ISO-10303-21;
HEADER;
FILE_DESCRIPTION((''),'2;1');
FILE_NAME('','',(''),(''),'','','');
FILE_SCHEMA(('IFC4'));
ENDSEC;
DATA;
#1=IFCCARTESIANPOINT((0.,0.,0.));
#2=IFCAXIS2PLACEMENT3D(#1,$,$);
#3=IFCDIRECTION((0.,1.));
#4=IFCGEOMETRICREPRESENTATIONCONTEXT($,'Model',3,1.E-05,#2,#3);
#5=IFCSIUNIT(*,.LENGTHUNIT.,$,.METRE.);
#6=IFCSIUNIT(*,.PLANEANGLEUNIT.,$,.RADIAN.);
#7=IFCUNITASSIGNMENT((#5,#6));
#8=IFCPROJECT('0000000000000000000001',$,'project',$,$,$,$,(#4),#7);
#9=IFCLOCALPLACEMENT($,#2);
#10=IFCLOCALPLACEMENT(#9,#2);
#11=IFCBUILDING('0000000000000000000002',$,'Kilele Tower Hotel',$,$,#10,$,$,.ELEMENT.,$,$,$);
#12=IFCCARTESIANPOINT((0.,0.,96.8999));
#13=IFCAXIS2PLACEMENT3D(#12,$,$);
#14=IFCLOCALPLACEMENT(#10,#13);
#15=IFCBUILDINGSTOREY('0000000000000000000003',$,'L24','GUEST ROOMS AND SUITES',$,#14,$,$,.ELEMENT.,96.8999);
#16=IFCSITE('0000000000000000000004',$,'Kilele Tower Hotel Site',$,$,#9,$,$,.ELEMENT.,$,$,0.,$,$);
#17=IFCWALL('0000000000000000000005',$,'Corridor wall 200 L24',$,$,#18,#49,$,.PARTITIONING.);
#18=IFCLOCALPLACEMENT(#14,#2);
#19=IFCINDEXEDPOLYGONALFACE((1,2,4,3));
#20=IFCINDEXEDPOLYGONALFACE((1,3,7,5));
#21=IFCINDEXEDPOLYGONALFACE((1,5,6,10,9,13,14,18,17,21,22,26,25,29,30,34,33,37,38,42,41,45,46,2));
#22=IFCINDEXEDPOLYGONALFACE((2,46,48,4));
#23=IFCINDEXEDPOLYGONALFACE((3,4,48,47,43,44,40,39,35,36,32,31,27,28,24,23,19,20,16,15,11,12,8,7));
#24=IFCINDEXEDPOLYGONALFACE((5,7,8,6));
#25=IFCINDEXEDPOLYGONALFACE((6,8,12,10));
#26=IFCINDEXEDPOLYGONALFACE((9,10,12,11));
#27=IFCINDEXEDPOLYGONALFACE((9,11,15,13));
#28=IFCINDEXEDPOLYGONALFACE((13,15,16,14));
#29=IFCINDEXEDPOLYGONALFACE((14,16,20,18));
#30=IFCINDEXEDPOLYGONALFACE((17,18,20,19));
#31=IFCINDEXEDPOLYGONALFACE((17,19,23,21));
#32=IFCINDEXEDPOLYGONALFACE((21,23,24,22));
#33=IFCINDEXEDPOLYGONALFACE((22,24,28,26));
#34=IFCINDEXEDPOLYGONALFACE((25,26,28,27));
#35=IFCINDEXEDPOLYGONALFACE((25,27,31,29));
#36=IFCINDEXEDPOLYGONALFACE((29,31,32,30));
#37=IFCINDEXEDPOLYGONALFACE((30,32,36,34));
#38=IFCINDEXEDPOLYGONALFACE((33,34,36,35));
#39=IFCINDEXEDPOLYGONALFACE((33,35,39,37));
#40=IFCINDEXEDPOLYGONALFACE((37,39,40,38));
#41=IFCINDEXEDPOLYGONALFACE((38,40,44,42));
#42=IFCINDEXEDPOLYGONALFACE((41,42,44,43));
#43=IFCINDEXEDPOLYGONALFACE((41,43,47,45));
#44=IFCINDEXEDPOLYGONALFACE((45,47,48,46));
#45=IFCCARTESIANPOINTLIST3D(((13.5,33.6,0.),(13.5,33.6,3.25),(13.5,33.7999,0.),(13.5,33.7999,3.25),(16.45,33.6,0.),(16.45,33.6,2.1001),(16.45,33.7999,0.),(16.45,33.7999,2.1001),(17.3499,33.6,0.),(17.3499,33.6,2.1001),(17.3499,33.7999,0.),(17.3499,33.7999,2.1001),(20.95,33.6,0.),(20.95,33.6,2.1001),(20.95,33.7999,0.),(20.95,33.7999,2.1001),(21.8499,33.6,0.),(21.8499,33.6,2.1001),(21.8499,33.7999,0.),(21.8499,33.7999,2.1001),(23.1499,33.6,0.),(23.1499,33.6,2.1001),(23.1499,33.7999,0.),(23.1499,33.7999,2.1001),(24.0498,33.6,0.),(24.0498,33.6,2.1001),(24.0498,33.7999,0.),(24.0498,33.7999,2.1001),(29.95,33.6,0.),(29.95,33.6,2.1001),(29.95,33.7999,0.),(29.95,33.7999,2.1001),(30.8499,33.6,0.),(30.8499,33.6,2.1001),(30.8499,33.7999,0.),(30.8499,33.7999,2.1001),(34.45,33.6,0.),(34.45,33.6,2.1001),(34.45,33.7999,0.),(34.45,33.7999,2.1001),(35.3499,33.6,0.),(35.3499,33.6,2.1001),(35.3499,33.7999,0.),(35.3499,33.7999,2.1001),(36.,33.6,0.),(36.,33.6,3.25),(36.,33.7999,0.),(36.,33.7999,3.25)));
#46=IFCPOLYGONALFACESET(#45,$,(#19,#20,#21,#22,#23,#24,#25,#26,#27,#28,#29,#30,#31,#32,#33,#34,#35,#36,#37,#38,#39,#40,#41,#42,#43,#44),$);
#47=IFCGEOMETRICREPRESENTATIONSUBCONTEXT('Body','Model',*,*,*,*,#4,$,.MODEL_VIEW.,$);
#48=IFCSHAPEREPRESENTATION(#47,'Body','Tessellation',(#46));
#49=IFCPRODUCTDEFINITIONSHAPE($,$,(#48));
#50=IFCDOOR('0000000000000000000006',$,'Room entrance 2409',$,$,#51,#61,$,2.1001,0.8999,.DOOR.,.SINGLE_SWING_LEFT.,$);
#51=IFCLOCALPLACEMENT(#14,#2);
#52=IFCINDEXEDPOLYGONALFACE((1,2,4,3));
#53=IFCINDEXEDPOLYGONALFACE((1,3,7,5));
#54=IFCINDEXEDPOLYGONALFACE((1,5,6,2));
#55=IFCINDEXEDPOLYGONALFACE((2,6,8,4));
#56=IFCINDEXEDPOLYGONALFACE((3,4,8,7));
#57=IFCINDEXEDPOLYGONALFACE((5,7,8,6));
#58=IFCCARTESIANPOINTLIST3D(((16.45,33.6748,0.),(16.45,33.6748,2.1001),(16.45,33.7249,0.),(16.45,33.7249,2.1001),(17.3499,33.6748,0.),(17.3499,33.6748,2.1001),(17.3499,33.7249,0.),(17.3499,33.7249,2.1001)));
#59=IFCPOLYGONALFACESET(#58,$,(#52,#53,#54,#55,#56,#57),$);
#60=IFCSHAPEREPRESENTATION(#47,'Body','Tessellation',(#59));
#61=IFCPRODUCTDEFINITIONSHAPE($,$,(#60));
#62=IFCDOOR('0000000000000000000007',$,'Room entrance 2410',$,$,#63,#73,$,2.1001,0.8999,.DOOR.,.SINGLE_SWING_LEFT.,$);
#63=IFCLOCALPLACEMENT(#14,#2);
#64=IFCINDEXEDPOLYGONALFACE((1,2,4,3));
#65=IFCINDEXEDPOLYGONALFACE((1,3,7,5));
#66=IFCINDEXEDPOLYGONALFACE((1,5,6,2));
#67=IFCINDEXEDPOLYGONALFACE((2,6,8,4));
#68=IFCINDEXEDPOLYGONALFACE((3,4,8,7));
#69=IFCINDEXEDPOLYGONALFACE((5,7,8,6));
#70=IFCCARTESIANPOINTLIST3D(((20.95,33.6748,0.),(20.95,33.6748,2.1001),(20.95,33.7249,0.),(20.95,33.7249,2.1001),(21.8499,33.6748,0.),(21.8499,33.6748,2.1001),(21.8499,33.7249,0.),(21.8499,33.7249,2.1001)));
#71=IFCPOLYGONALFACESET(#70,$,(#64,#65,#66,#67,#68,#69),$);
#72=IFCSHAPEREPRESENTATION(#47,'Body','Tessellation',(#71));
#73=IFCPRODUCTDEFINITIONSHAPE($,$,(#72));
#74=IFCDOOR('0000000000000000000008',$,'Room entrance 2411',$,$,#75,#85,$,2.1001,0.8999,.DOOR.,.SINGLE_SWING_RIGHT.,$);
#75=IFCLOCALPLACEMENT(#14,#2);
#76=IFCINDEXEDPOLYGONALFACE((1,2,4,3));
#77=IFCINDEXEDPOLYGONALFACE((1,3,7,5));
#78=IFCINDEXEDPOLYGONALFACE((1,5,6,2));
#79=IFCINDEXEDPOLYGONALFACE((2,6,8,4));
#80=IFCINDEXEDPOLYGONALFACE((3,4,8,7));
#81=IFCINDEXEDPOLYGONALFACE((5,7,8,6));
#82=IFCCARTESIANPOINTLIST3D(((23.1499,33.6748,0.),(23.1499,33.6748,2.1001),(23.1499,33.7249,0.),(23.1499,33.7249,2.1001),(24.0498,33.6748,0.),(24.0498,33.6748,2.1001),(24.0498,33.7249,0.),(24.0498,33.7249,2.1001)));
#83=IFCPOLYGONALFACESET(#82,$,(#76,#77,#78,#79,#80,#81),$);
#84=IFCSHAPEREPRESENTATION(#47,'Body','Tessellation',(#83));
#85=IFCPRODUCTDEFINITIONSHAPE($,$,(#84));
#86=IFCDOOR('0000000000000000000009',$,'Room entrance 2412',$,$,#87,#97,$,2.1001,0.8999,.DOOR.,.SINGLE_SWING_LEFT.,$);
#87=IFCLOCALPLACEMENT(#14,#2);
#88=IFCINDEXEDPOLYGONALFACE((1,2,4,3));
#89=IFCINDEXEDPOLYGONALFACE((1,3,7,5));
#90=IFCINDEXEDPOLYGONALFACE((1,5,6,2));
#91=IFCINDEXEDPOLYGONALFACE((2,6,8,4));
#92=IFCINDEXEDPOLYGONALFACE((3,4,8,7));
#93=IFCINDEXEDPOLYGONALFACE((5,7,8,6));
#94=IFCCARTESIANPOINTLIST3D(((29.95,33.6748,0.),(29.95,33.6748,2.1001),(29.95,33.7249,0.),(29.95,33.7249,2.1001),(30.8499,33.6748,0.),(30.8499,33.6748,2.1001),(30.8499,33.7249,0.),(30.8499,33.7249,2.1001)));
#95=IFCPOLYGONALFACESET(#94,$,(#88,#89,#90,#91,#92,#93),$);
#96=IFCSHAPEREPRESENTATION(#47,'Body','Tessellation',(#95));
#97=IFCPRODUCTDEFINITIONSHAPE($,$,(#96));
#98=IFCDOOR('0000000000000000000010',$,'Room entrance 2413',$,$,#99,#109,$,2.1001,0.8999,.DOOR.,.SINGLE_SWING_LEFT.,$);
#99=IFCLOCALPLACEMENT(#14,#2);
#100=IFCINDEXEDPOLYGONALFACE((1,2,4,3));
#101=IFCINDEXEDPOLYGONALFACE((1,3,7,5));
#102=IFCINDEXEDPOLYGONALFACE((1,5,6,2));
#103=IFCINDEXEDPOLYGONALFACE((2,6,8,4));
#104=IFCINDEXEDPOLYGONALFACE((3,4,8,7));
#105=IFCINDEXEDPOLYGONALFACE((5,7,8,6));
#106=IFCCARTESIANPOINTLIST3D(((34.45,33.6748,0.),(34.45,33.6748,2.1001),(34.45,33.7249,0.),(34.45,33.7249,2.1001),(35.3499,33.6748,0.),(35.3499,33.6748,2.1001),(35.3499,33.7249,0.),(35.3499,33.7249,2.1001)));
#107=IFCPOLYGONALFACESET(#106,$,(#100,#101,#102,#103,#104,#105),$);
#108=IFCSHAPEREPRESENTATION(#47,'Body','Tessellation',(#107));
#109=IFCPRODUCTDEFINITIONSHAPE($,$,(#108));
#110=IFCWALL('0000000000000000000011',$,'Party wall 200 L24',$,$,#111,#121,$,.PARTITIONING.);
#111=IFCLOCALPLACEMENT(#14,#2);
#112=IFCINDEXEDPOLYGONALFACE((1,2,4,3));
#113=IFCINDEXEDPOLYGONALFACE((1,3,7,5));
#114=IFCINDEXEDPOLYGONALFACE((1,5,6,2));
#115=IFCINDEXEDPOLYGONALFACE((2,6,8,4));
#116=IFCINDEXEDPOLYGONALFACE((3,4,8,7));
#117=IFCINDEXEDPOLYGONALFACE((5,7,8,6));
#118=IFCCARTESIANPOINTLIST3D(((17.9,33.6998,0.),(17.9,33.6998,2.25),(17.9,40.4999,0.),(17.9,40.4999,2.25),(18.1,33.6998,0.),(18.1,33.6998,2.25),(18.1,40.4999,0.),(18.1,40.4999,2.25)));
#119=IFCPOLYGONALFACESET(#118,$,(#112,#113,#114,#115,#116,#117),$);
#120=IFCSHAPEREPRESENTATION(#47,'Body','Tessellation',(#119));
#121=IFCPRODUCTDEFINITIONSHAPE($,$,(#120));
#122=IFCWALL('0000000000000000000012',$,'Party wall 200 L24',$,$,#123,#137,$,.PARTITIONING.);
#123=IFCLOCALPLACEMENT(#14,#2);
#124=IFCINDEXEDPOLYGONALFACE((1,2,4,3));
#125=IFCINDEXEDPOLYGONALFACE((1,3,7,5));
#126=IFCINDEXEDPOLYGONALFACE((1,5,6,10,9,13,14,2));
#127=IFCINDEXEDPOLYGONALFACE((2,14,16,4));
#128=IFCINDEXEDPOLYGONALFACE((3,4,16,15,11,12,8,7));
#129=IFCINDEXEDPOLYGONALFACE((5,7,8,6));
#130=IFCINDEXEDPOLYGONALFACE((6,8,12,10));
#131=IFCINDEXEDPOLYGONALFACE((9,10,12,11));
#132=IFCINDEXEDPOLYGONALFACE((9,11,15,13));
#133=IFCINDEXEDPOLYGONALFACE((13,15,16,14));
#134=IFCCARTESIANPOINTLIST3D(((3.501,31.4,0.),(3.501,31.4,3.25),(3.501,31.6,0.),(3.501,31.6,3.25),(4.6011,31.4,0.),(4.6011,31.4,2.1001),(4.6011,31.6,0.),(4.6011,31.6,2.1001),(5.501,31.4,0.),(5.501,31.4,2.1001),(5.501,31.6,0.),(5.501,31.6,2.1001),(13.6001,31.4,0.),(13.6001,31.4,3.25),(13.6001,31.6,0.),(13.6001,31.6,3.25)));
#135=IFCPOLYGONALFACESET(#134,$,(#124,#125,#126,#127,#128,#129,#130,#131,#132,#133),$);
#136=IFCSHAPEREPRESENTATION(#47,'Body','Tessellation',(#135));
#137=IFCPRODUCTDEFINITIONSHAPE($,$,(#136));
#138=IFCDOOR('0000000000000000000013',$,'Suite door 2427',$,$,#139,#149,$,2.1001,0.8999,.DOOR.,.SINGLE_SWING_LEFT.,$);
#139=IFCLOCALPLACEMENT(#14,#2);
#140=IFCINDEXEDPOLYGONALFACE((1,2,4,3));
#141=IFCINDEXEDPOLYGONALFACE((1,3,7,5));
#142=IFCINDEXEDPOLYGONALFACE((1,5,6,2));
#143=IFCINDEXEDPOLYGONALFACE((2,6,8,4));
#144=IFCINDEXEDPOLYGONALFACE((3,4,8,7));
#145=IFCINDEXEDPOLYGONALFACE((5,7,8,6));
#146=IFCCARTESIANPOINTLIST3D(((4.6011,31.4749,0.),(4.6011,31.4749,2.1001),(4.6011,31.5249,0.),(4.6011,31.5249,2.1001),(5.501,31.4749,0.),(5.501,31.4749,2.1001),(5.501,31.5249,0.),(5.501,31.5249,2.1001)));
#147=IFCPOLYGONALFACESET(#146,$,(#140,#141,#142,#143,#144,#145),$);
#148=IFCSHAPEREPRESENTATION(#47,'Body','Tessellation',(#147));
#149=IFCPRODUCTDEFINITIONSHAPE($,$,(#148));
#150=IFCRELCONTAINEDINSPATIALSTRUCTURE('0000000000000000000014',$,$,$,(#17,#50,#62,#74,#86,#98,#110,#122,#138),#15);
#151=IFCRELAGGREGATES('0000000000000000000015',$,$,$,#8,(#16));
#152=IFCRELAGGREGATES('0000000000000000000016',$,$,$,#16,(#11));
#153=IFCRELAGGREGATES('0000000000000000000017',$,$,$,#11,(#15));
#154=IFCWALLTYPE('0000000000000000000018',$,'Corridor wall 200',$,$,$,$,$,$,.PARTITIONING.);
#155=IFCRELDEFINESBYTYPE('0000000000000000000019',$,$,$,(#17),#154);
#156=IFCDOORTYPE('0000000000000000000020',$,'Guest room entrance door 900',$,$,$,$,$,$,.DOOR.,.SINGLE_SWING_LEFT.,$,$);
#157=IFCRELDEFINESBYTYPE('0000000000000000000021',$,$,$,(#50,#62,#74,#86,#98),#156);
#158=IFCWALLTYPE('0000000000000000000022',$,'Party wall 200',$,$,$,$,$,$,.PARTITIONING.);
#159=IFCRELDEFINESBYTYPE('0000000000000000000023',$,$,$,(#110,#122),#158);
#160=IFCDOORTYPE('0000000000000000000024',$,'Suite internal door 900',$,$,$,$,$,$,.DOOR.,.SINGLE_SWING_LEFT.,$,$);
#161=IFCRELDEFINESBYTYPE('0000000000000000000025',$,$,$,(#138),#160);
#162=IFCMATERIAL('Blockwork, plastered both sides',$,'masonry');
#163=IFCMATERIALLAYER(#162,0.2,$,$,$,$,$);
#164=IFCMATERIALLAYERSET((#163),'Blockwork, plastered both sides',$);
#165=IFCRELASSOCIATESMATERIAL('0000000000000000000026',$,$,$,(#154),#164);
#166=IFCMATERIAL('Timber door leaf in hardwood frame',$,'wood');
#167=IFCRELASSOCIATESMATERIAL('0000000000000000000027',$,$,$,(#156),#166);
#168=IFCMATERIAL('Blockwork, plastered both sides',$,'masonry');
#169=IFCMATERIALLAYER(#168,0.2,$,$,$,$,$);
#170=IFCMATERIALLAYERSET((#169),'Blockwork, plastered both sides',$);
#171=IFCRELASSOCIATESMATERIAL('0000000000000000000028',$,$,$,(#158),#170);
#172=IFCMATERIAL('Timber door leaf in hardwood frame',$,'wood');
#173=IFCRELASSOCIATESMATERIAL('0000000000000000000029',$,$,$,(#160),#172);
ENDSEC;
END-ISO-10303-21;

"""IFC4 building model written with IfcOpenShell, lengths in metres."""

from ifc_helpers import new_model, si_unit, direction, frame, frame_2d, origin, place, context, subcontext, project, spatial, rectangle, extrude, material, layer, layer_set, type_object, element, fill, save


model = new_model("IFC4")

# Units and contexts
model_context = context("Model", 3, precision=1e-05, world=origin(), true_north=direction((0.0, 1.0)))
body_context = subcontext(model_context, "Body", "Model", "MODEL_VIEW")
ifc_project = project(units=[si_unit("LENGTHUNIT", "METRE"), si_unit("PLANEANGLEUNIT", "RADIAN")], contexts=[model_context])

# Site, building, storey
site_placement = place(None, origin())
site = spatial("IfcSite", under=ifc_project, at=site_placement, Name="Kilele Tower Hotel Site", CompositionType="ELEMENT", RefElevation=0.0)
building_placement = place(site_placement, origin())
building = spatial("IfcBuilding", under=site, at=building_placement, Name="Kilele Tower Hotel", CompositionType="ELEMENT")
storey_placement = place(building_placement, frame((0.0, 0.0, 96.8999)))
storey = spatial("IfcBuildingStorey", under=building, at=storey_placement, Name="L24", Description="GUEST ROOMS AND SUITES", CompositionType="ELEMENT", Elevation=96.8999)

# Wall, openings, doors
ifc_material_1 = material(Name="Blockwork, plastered both sides", Category="masonry")
ifc_layer_1 = layer(ifc_material_1, 0.2)
ifc_layer_set_1 = layer_set([ifc_layer_1], Name="Blockwork, plastered both sides")
wall_type_1 = type_object("IfcWallType", Name="Corridor wall 200", PredefinedType="PARTITIONING", material=ifc_layer_set_1)
wall_1_placement = place(storey_placement, frame((13.5, 33.7, 0.0), z_axis=(0.0, 0.0, 1.0), x_axis=(1.0, 0.0, 0.0)))
wall_1 = element("IfcWall", 1, at=wall_1_placement, inside=storey, type_object=wall_type_1, Name="Corridor wall 200 L24", PredefinedType="PARTITIONING", context=body_context, shape_type="SweptSolid", body=[
    extrude(rectangle(XDim=22.5, YDim=0.2, at=frame_2d((11.25, 0.0))), origin(), (0.0, 0.0, 1.0), 3.25),
])
opening_1_placement = place(wall_1_placement, frame((2.95, 0.0, 0.0)))
opening_1 = element("IfcOpeningElement", 2, at=opening_1_placement, cuts=wall_1, PredefinedType="OPENING", context=body_context, shape_type="SweptSolid", body=[
    extrude(rectangle(XDim=0.8999, YDim=2.1001, at=frame_2d((0.45, 1.05))), frame((0.0, 0.1099, 0.0), z_axis=(0.0, -1.0, 0.0), x_axis=(1.0, 0.0, 0.0)), (0.0, 0.0, 1.0), 0.22),
])
opening_2_placement = place(wall_1_placement, frame((7.45, 0.0, 0.0)))
opening_2 = element("IfcOpeningElement", 3, at=opening_2_placement, cuts=wall_1, PredefinedType="OPENING", context=body_context, shape_type="SweptSolid", body=[
    extrude(rectangle(XDim=0.8999, YDim=2.1001, at=frame_2d((0.45, 1.05))), frame((0.0, 0.1099, 0.0), z_axis=(0.0, -1.0, 0.0), x_axis=(1.0, 0.0, 0.0)), (0.0, 0.0, 1.0), 0.22),
])
opening_3_placement = place(wall_1_placement, frame((9.6499, 0.0, 0.0)))
opening_3 = element("IfcOpeningElement", 4, at=opening_3_placement, cuts=wall_1, PredefinedType="OPENING", context=body_context, shape_type="SweptSolid", body=[
    extrude(rectangle(XDim=0.8999, YDim=2.1001, at=frame_2d((0.45, 1.05))), frame((0.0, 0.1099, 0.0), z_axis=(0.0, -1.0, 0.0), x_axis=(1.0, 0.0, 0.0)), (0.0, 0.0, 1.0), 0.22),
])
opening_4_placement = place(wall_1_placement, frame((16.45, 0.0, 0.0)))
opening_4 = element("IfcOpeningElement", 5, at=opening_4_placement, cuts=wall_1, PredefinedType="OPENING", context=body_context, shape_type="SweptSolid", body=[
    extrude(rectangle(XDim=0.8999, YDim=2.1001, at=frame_2d((0.45, 1.05))), frame((0.0, 0.1099, 0.0), z_axis=(0.0, -1.0, 0.0), x_axis=(1.0, 0.0, 0.0)), (0.0, 0.0, 1.0), 0.22),
])
opening_5_placement = place(wall_1_placement, frame((20.95, 0.0, 0.0)))
opening_5 = element("IfcOpeningElement", 6, at=opening_5_placement, cuts=wall_1, PredefinedType="OPENING", context=body_context, shape_type="SweptSolid", body=[
    extrude(rectangle(XDim=0.8999, YDim=2.1001, at=frame_2d((0.45, 1.05))), frame((0.0, 0.1099, 0.0), z_axis=(0.0, -1.0, 0.0), x_axis=(1.0, 0.0, 0.0)), (0.0, 0.0, 1.0), 0.22),
])
ifc_material_2 = material(Name="Timber door leaf in hardwood frame", Category="wood")
door_type_1 = type_object("IfcDoorType", Name="Guest room entrance door 900", OperationType="SINGLE_SWING_LEFT", PredefinedType="DOOR", material=ifc_material_2)
door_1_placement = place(opening_1_placement, origin())
door_1 = element("IfcDoor", 7, at=door_1_placement, inside=storey, type_object=door_type_1, Name="Room entrance 2409", OperationType="SINGLE_SWING_LEFT", OverallHeight=2.1001, OverallWidth=0.8999, PredefinedType="DOOR", context=body_context, shape_type="SweptSolid", body=[
    extrude(rectangle(XDim=0.8999, YDim=2.1001, at=frame_2d((0.45, 1.05))), frame((0.0, 0.0249, 0.0), z_axis=(0.0, -1.0, 0.0), x_axis=(1.0, 0.0, 0.0)), (0.0, 0.0, 1.0), 0.05),
])
fill(opening_1, door_1)
door_2_placement = place(opening_2_placement, origin())
door_2 = element("IfcDoor", 8, at=door_2_placement, inside=storey, type_object=door_type_1, Name="Room entrance 2410", OperationType="SINGLE_SWING_LEFT", OverallHeight=2.1001, OverallWidth=0.8999, PredefinedType="DOOR", context=body_context, shape_type="SweptSolid", body=[
    extrude(rectangle(XDim=0.8999, YDim=2.1001, at=frame_2d((0.45, 1.05))), frame((0.0, 0.0249, 0.0), z_axis=(0.0, -1.0, 0.0), x_axis=(1.0, 0.0, 0.0)), (0.0, 0.0, 1.0), 0.05),
])
fill(opening_2, door_2)
door_3_placement = place(opening_3_placement, origin())
door_3 = element("IfcDoor", 9, at=door_3_placement, inside=storey, type_object=door_type_1, Name="Room entrance 2411", OperationType="SINGLE_SWING_RIGHT", OverallHeight=2.1001, OverallWidth=0.8999, PredefinedType="DOOR", context=body_context, shape_type="SweptSolid", body=[
    extrude(rectangle(XDim=0.8999, YDim=2.1001, at=frame_2d((0.45, 1.05))), frame((0.0, 0.0249, 0.0), z_axis=(0.0, -1.0, 0.0), x_axis=(1.0, 0.0, 0.0)), (0.0, 0.0, 1.0), 0.05),
])
fill(opening_3, door_3)
door_4_placement = place(opening_4_placement, origin())
door_4 = element("IfcDoor", 10, at=door_4_placement, inside=storey, type_object=door_type_1, Name="Room entrance 2412", OperationType="SINGLE_SWING_LEFT", OverallHeight=2.1001, OverallWidth=0.8999, PredefinedType="DOOR", context=body_context, shape_type="SweptSolid", body=[
    extrude(rectangle(XDim=0.8999, YDim=2.1001, at=frame_2d((0.45, 1.05))), frame((0.0, 0.0249, 0.0), z_axis=(0.0, -1.0, 0.0), x_axis=(1.0, 0.0, 0.0)), (0.0, 0.0, 1.0), 0.05),
])
fill(opening_4, door_4)
door_5_placement = place(opening_5_placement, origin())
door_5 = element("IfcDoor", 11, at=door_5_placement, inside=storey, type_object=door_type_1, Name="Room entrance 2413", OperationType="SINGLE_SWING_LEFT", OverallHeight=2.1001, OverallWidth=0.8999, PredefinedType="DOOR", context=body_context, shape_type="SweptSolid", body=[
    extrude(rectangle(XDim=0.8999, YDim=2.1001, at=frame_2d((0.45, 1.05))), frame((0.0, 0.0249, 0.0), z_axis=(0.0, -1.0, 0.0), x_axis=(1.0, 0.0, 0.0)), (0.0, 0.0, 1.0), 0.05),
])
fill(opening_5, door_5)

# Wall
ifc_material_3 = material(Name="Blockwork, plastered both sides", Category="masonry")
ifc_layer_2 = layer(ifc_material_3, 0.2)
ifc_layer_set_2 = layer_set([ifc_layer_2], Name="Blockwork, plastered both sides")
wall_type_2 = type_object("IfcWallType", Name="Party wall 200", PredefinedType="PARTITIONING", material=ifc_layer_set_2)
wall_2_placement = place(storey_placement, frame((18.0, 33.7, 0.0), z_axis=(0.0, 0.0, 1.0), x_axis=(0.0, 1.0, 0.0)))
element("IfcWall", 12, at=wall_2_placement, inside=storey, type_object=wall_type_2, Name="Party wall 200 L24", PredefinedType="PARTITIONING", context=body_context, shape_type="SweptSolid", body=[
    extrude(rectangle(XDim=6.8, YDim=0.2, at=frame_2d((3.3999, 0.0))), origin(), (0.0, 0.0, 1.0), 2.25),
])

# Wall, opening, door
wall_3_placement = place(storey_placement, frame((13.6001, 31.5, 0.0), z_axis=(0.0, 0.0, 1.0), x_axis=(-1.0, 0.0, 0.0)))
wall_3 = element("IfcWall", 13, at=wall_3_placement, inside=storey, type_object=wall_type_2, Name="Party wall 200 L24", PredefinedType="PARTITIONING", context=body_context, shape_type="SweptSolid", body=[
    extrude(rectangle(XDim=10.0991, YDim=0.2, at=frame_2d((5.0496, 0.0))), origin(), (0.0, 0.0, 1.0), 3.25),
])
opening_6_placement = place(wall_3_placement, frame((8.999, 0.0, 0.0), z_axis=(0.0, 0.0, 1.0), x_axis=(-1.0, 0.0, 0.0)))
opening_6 = element("IfcOpeningElement", 14, at=opening_6_placement, cuts=wall_3, PredefinedType="OPENING", context=body_context, shape_type="SweptSolid", body=[
    extrude(rectangle(XDim=0.8999, YDim=2.1001, at=frame_2d((0.45, 1.05))), frame((0.0, 0.1099, 0.0), z_axis=(0.0, -1.0, 0.0), x_axis=(1.0, 0.0, 0.0)), (0.0, 0.0, 1.0), 0.22),
])
ifc_material_4 = material(Name="Timber door leaf in hardwood frame", Category="wood")
door_type_2 = type_object("IfcDoorType", Name="Suite internal door 900", OperationType="SINGLE_SWING_LEFT", PredefinedType="DOOR", material=ifc_material_4)
door_6_placement = place(opening_6_placement, origin())
door_6 = element("IfcDoor", 15, at=door_6_placement, inside=storey, type_object=door_type_2, Name="Suite door 2427", OperationType="SINGLE_SWING_LEFT", OverallHeight=2.1001, OverallWidth=0.8999, PredefinedType="DOOR", context=body_context, shape_type="SweptSolid", body=[
    extrude(rectangle(XDim=0.8999, YDim=2.1001, at=frame_2d((0.45, 1.05))), frame((0.0, 0.0249, 0.0), z_axis=(0.0, -1.0, 0.0), x_axis=(1.0, 0.0, 0.0)), (0.0, 0.0, 1.0), 0.05),
])
fill(opening_6, door_6)

save(model, "model.ifc")
